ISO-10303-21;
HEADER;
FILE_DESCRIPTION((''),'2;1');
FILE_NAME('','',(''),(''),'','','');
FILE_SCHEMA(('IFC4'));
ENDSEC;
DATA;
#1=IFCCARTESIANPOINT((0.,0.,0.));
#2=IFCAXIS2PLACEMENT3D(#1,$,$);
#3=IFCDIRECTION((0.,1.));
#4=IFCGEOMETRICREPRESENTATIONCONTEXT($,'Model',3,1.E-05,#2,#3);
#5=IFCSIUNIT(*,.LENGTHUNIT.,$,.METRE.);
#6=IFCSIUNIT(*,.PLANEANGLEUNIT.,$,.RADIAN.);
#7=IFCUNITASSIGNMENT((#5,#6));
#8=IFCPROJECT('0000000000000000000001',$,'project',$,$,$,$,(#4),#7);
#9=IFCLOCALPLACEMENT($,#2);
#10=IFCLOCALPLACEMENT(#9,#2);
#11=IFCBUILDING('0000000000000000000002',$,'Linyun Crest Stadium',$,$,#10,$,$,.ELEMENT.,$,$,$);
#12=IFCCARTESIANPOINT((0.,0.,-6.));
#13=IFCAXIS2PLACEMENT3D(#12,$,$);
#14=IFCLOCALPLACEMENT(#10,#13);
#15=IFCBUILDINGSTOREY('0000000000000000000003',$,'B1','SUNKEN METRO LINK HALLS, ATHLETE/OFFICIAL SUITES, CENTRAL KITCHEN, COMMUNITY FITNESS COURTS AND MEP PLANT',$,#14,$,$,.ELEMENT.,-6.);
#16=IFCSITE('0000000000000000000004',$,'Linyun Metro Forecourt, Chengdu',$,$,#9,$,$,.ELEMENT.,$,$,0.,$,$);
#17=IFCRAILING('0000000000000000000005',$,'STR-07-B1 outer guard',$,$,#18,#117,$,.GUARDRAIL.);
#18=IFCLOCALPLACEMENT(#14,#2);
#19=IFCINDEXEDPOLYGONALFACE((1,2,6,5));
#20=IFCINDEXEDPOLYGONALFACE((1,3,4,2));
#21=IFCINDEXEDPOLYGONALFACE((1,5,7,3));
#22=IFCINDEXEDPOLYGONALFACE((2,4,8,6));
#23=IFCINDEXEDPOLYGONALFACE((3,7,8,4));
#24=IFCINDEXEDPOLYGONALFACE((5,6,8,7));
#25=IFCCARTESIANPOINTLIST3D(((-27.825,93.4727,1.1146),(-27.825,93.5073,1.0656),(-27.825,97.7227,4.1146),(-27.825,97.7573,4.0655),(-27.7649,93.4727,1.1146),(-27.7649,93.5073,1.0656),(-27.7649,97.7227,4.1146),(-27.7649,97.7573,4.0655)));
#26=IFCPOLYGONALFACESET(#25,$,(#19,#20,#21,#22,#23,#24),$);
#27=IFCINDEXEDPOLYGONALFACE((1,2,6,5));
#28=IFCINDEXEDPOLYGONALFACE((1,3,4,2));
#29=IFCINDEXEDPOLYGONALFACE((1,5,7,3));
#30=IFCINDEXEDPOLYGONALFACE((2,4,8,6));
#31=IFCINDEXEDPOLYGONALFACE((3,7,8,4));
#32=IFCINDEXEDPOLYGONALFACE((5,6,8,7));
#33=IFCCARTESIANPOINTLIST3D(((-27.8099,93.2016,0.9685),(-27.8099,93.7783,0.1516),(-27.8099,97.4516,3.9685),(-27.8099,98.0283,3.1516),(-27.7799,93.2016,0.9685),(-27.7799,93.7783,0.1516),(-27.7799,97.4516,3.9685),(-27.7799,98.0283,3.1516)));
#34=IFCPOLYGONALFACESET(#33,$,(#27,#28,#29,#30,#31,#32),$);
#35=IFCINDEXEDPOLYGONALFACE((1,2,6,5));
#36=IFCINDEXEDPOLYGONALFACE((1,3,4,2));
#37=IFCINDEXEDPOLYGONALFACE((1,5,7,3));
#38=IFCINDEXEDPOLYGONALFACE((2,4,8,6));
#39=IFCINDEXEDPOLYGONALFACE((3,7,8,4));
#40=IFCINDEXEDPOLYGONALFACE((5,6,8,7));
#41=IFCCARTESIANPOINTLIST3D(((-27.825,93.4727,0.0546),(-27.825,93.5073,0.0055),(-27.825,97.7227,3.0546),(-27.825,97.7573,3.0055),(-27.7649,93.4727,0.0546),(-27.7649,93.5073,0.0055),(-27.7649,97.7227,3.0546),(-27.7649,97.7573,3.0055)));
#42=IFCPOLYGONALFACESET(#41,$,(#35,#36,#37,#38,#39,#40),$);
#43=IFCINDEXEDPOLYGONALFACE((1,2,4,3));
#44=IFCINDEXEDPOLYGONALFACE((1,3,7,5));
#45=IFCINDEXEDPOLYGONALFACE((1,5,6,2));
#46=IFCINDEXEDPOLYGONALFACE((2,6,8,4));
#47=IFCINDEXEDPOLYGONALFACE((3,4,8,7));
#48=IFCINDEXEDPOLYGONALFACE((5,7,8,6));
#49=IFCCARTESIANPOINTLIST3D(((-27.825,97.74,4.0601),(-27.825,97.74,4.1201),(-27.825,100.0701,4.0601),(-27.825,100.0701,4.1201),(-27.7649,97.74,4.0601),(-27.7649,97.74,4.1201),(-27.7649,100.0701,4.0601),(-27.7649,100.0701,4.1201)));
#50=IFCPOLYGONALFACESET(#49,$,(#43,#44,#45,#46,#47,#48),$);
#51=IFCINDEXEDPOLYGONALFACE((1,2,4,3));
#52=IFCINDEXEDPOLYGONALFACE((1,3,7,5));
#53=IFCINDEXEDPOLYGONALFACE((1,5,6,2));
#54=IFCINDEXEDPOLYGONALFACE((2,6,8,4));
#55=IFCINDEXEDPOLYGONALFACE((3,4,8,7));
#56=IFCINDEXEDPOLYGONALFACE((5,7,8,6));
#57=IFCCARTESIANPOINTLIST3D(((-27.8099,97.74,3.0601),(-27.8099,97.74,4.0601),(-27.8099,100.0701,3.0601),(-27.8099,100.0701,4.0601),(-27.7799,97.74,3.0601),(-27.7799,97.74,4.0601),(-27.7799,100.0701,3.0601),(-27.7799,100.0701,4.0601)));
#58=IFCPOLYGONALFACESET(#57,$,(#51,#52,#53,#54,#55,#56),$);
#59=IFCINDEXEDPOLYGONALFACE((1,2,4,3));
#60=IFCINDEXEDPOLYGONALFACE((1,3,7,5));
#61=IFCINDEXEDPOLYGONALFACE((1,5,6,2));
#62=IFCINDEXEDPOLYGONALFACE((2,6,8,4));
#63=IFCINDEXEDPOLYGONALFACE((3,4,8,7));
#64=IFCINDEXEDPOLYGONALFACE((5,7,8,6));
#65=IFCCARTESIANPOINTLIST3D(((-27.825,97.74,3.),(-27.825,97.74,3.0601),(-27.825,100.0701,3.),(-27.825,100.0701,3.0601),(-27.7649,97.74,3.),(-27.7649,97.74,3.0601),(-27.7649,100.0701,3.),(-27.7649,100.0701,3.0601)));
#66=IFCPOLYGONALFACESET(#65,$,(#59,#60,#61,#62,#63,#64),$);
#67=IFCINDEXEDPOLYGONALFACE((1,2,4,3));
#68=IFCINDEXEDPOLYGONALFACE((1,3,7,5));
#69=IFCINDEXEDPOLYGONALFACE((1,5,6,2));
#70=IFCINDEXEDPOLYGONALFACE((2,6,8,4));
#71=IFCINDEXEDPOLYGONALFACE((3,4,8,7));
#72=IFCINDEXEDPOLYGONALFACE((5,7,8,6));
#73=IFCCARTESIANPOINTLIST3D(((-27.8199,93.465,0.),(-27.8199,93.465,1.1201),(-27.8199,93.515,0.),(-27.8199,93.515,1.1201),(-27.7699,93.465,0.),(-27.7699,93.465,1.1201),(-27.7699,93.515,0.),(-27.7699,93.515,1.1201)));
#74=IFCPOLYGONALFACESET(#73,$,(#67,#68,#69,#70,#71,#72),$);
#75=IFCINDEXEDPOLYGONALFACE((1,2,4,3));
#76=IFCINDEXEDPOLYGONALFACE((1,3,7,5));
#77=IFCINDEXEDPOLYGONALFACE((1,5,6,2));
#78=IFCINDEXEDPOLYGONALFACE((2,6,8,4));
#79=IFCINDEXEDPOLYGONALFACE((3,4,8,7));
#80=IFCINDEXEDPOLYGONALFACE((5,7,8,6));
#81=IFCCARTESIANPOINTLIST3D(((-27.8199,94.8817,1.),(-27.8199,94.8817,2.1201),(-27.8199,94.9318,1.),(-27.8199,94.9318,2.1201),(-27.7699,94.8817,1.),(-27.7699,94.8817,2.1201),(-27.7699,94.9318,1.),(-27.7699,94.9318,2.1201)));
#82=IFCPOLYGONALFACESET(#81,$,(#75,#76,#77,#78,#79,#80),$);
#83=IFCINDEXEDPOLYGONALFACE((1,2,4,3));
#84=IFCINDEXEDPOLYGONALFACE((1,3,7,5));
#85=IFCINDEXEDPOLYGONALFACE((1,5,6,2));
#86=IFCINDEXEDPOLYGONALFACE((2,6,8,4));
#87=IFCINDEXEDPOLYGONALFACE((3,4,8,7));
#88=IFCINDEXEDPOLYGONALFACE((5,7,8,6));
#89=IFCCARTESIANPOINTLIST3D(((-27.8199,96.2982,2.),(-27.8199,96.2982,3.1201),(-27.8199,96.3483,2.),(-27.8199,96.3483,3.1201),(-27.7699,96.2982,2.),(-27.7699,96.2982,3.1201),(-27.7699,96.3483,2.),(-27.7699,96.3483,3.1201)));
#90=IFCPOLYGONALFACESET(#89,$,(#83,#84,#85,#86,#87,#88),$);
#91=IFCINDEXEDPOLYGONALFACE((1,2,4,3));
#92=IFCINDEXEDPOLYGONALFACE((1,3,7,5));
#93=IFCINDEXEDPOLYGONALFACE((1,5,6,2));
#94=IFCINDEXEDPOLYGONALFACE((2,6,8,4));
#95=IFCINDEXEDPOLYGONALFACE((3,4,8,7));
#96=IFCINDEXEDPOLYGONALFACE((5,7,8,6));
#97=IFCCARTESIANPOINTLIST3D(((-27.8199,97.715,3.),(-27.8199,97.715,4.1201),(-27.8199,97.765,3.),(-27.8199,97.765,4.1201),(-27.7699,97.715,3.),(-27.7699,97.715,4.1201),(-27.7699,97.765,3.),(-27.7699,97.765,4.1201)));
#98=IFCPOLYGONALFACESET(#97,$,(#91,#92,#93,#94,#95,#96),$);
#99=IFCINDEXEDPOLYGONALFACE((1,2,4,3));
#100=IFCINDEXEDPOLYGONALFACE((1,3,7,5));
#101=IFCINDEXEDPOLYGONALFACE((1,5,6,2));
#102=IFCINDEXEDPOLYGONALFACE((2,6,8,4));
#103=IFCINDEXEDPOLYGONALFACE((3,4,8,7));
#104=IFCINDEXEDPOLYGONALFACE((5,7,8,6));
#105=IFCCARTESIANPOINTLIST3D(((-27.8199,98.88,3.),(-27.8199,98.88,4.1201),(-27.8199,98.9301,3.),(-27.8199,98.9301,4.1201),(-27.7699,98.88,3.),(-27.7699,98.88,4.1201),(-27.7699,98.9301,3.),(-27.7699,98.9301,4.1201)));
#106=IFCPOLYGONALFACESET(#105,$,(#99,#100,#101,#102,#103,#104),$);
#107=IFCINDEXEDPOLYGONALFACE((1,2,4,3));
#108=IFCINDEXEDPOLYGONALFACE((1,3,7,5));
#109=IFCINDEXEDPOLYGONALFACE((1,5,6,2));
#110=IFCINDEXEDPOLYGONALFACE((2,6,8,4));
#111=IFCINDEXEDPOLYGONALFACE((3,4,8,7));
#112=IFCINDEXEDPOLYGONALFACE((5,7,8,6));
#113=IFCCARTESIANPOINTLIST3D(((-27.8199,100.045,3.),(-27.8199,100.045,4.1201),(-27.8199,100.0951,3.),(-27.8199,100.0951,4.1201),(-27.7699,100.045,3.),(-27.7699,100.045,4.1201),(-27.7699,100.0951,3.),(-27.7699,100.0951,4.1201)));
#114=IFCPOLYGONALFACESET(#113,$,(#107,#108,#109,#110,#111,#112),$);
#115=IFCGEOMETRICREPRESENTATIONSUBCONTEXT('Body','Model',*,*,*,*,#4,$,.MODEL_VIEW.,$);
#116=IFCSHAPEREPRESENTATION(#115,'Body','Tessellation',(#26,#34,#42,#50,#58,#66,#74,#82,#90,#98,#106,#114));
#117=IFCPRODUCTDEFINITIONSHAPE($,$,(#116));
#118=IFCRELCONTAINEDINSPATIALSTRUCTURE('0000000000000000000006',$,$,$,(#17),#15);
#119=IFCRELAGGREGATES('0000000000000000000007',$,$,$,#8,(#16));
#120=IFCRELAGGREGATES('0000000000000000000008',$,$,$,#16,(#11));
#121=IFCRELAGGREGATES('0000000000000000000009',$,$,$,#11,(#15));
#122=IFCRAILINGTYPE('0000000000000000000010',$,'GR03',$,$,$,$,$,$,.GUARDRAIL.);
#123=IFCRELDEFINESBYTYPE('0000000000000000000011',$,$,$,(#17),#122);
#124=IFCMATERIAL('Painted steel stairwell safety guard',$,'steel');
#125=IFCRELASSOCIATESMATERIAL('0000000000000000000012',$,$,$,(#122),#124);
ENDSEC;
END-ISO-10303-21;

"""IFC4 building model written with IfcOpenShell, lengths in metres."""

from ifc_helpers import new_model, si_unit, direction, frame, origin, origin_2d, place, context, subcontext, project, spatial, rectangle, extrude, material, type_object, element, save


model = new_model("IFC4")

# Units and contexts
model_context = context("Model", 3, precision=1e-05, world=origin(), true_north=direction((0.0, 1.0)))
body_context = subcontext(model_context, "Body", "Model", "MODEL_VIEW")
ifc_project = project(units=[si_unit("LENGTHUNIT", "METRE"), si_unit("PLANEANGLEUNIT", "RADIAN")], contexts=[model_context])

# Site, building, storey
site_placement = place(None, origin())
site = spatial("IfcSite", under=ifc_project, at=site_placement, Name="Linyun Metro Forecourt, Chengdu", CompositionType="ELEMENT", RefElevation=0.0)
building_placement = place(site_placement, origin())
building = spatial("IfcBuilding", under=site, at=building_placement, Name="Linyun Crest Stadium", CompositionType="ELEMENT")
storey_placement = place(building_placement, frame((0.0, 0.0, -6.0)))
storey = spatial("IfcBuildingStorey", under=building, at=storey_placement, Name="B1", Description="SUNKEN METRO LINK HALLS, ATHLETE/OFFICIAL SUITES, CENTRAL KITCHEN, COMMUNITY FITNESS COURTS AND MEP PLANT", CompositionType="ELEMENT", Elevation=-6.0)

# Railing
ifc_material_1 = material(Name="Painted steel stairwell safety guard", Category="steel")
railing_type_1 = type_object("IfcRailingType", Name="GR03", PredefinedType="GUARDRAIL", material=ifc_material_1)
railing_1_placement = place(storey_placement, frame((-27.7949, 93.49, 0.0)))
element("IfcRailing", 1, at=railing_1_placement, inside=storey, type_object=railing_type_1, Name="STR-07-B1 outer guard", PredefinedType="GUARDRAIL", context=body_context, shape_type="SweptSolid", body=[
    extrude(rectangle(XDim=0.0601, YDim=0.0601, at=origin_2d()), frame((0.0, 0.0, 1.0901), z_axis=(0.0, 0.816968, 0.576683), x_axis=(-1.0, 0.0, 0.0)), (0.0, 0.0, 1.0), 5.2021),
    extrude(rectangle(XDim=0.03, YDim=1.0, at=origin_2d()), frame((0.0, 0.0, 0.5601), z_axis=(0.0, 0.816968, 0.576683), x_axis=(-1.0, 0.0, 0.0)), (0.0, 0.0, 1.0), 5.2021),
    extrude(rectangle(XDim=0.0601, YDim=0.0601, at=origin_2d()), frame((0.0, 0.0, 0.03), z_axis=(0.0, 0.816968, 0.576683), x_axis=(-1.0, 0.0, 0.0)), (0.0, 0.0, 1.0), 5.2021),
    extrude(rectangle(XDim=0.0601, YDim=0.0601, at=origin_2d()), frame((0.0, 4.25, 4.0901), z_axis=(0.0, 1.0, 0.0), x_axis=(-1.0, 0.0, 0.0)), (0.0, 0.0, 1.0), 2.3301),
    extrude(rectangle(XDim=0.03, YDim=1.0, at=origin_2d()), frame((0.0, 4.25, 3.5601), z_axis=(0.0, 1.0, 0.0), x_axis=(-1.0, 0.0, 0.0)), (0.0, 0.0, 1.0), 2.3301),
    extrude(rectangle(XDim=0.0601, YDim=0.0601, at=origin_2d()), frame((0.0, 4.25, 3.03), z_axis=(0.0, 1.0, 0.0), x_axis=(-1.0, 0.0, 0.0)), (0.0, 0.0, 1.0), 2.3301),
    extrude(rectangle(XDim=0.05, YDim=0.05, at=origin_2d()), origin(), (0.0, 0.0, 1.0), 1.1201),
    extrude(rectangle(XDim=0.05, YDim=0.05, at=origin_2d()), frame((0.0, 1.4167, 1.0)), (0.0, 0.0, 1.0), 1.1201),
    extrude(rectangle(XDim=0.05, YDim=0.05, at=origin_2d()), frame((0.0, 2.8333, 2.0)), (0.0, 0.0, 1.0), 1.1201),
    extrude(rectangle(XDim=0.05, YDim=0.05, at=origin_2d()), frame((0.0, 4.25, 3.0)), (0.0, 0.0, 1.0), 1.1201),
    extrude(rectangle(XDim=0.05, YDim=0.05, at=origin_2d()), frame((0.0, 5.415, 3.0)), (0.0, 0.0, 1.0), 1.1201),
    extrude(rectangle(XDim=0.05, YDim=0.05, at=origin_2d()), frame((0.0, 6.5801, 3.0)), (0.0, 0.0, 1.0), 1.1201),
])

save(model, "model.ifc")
